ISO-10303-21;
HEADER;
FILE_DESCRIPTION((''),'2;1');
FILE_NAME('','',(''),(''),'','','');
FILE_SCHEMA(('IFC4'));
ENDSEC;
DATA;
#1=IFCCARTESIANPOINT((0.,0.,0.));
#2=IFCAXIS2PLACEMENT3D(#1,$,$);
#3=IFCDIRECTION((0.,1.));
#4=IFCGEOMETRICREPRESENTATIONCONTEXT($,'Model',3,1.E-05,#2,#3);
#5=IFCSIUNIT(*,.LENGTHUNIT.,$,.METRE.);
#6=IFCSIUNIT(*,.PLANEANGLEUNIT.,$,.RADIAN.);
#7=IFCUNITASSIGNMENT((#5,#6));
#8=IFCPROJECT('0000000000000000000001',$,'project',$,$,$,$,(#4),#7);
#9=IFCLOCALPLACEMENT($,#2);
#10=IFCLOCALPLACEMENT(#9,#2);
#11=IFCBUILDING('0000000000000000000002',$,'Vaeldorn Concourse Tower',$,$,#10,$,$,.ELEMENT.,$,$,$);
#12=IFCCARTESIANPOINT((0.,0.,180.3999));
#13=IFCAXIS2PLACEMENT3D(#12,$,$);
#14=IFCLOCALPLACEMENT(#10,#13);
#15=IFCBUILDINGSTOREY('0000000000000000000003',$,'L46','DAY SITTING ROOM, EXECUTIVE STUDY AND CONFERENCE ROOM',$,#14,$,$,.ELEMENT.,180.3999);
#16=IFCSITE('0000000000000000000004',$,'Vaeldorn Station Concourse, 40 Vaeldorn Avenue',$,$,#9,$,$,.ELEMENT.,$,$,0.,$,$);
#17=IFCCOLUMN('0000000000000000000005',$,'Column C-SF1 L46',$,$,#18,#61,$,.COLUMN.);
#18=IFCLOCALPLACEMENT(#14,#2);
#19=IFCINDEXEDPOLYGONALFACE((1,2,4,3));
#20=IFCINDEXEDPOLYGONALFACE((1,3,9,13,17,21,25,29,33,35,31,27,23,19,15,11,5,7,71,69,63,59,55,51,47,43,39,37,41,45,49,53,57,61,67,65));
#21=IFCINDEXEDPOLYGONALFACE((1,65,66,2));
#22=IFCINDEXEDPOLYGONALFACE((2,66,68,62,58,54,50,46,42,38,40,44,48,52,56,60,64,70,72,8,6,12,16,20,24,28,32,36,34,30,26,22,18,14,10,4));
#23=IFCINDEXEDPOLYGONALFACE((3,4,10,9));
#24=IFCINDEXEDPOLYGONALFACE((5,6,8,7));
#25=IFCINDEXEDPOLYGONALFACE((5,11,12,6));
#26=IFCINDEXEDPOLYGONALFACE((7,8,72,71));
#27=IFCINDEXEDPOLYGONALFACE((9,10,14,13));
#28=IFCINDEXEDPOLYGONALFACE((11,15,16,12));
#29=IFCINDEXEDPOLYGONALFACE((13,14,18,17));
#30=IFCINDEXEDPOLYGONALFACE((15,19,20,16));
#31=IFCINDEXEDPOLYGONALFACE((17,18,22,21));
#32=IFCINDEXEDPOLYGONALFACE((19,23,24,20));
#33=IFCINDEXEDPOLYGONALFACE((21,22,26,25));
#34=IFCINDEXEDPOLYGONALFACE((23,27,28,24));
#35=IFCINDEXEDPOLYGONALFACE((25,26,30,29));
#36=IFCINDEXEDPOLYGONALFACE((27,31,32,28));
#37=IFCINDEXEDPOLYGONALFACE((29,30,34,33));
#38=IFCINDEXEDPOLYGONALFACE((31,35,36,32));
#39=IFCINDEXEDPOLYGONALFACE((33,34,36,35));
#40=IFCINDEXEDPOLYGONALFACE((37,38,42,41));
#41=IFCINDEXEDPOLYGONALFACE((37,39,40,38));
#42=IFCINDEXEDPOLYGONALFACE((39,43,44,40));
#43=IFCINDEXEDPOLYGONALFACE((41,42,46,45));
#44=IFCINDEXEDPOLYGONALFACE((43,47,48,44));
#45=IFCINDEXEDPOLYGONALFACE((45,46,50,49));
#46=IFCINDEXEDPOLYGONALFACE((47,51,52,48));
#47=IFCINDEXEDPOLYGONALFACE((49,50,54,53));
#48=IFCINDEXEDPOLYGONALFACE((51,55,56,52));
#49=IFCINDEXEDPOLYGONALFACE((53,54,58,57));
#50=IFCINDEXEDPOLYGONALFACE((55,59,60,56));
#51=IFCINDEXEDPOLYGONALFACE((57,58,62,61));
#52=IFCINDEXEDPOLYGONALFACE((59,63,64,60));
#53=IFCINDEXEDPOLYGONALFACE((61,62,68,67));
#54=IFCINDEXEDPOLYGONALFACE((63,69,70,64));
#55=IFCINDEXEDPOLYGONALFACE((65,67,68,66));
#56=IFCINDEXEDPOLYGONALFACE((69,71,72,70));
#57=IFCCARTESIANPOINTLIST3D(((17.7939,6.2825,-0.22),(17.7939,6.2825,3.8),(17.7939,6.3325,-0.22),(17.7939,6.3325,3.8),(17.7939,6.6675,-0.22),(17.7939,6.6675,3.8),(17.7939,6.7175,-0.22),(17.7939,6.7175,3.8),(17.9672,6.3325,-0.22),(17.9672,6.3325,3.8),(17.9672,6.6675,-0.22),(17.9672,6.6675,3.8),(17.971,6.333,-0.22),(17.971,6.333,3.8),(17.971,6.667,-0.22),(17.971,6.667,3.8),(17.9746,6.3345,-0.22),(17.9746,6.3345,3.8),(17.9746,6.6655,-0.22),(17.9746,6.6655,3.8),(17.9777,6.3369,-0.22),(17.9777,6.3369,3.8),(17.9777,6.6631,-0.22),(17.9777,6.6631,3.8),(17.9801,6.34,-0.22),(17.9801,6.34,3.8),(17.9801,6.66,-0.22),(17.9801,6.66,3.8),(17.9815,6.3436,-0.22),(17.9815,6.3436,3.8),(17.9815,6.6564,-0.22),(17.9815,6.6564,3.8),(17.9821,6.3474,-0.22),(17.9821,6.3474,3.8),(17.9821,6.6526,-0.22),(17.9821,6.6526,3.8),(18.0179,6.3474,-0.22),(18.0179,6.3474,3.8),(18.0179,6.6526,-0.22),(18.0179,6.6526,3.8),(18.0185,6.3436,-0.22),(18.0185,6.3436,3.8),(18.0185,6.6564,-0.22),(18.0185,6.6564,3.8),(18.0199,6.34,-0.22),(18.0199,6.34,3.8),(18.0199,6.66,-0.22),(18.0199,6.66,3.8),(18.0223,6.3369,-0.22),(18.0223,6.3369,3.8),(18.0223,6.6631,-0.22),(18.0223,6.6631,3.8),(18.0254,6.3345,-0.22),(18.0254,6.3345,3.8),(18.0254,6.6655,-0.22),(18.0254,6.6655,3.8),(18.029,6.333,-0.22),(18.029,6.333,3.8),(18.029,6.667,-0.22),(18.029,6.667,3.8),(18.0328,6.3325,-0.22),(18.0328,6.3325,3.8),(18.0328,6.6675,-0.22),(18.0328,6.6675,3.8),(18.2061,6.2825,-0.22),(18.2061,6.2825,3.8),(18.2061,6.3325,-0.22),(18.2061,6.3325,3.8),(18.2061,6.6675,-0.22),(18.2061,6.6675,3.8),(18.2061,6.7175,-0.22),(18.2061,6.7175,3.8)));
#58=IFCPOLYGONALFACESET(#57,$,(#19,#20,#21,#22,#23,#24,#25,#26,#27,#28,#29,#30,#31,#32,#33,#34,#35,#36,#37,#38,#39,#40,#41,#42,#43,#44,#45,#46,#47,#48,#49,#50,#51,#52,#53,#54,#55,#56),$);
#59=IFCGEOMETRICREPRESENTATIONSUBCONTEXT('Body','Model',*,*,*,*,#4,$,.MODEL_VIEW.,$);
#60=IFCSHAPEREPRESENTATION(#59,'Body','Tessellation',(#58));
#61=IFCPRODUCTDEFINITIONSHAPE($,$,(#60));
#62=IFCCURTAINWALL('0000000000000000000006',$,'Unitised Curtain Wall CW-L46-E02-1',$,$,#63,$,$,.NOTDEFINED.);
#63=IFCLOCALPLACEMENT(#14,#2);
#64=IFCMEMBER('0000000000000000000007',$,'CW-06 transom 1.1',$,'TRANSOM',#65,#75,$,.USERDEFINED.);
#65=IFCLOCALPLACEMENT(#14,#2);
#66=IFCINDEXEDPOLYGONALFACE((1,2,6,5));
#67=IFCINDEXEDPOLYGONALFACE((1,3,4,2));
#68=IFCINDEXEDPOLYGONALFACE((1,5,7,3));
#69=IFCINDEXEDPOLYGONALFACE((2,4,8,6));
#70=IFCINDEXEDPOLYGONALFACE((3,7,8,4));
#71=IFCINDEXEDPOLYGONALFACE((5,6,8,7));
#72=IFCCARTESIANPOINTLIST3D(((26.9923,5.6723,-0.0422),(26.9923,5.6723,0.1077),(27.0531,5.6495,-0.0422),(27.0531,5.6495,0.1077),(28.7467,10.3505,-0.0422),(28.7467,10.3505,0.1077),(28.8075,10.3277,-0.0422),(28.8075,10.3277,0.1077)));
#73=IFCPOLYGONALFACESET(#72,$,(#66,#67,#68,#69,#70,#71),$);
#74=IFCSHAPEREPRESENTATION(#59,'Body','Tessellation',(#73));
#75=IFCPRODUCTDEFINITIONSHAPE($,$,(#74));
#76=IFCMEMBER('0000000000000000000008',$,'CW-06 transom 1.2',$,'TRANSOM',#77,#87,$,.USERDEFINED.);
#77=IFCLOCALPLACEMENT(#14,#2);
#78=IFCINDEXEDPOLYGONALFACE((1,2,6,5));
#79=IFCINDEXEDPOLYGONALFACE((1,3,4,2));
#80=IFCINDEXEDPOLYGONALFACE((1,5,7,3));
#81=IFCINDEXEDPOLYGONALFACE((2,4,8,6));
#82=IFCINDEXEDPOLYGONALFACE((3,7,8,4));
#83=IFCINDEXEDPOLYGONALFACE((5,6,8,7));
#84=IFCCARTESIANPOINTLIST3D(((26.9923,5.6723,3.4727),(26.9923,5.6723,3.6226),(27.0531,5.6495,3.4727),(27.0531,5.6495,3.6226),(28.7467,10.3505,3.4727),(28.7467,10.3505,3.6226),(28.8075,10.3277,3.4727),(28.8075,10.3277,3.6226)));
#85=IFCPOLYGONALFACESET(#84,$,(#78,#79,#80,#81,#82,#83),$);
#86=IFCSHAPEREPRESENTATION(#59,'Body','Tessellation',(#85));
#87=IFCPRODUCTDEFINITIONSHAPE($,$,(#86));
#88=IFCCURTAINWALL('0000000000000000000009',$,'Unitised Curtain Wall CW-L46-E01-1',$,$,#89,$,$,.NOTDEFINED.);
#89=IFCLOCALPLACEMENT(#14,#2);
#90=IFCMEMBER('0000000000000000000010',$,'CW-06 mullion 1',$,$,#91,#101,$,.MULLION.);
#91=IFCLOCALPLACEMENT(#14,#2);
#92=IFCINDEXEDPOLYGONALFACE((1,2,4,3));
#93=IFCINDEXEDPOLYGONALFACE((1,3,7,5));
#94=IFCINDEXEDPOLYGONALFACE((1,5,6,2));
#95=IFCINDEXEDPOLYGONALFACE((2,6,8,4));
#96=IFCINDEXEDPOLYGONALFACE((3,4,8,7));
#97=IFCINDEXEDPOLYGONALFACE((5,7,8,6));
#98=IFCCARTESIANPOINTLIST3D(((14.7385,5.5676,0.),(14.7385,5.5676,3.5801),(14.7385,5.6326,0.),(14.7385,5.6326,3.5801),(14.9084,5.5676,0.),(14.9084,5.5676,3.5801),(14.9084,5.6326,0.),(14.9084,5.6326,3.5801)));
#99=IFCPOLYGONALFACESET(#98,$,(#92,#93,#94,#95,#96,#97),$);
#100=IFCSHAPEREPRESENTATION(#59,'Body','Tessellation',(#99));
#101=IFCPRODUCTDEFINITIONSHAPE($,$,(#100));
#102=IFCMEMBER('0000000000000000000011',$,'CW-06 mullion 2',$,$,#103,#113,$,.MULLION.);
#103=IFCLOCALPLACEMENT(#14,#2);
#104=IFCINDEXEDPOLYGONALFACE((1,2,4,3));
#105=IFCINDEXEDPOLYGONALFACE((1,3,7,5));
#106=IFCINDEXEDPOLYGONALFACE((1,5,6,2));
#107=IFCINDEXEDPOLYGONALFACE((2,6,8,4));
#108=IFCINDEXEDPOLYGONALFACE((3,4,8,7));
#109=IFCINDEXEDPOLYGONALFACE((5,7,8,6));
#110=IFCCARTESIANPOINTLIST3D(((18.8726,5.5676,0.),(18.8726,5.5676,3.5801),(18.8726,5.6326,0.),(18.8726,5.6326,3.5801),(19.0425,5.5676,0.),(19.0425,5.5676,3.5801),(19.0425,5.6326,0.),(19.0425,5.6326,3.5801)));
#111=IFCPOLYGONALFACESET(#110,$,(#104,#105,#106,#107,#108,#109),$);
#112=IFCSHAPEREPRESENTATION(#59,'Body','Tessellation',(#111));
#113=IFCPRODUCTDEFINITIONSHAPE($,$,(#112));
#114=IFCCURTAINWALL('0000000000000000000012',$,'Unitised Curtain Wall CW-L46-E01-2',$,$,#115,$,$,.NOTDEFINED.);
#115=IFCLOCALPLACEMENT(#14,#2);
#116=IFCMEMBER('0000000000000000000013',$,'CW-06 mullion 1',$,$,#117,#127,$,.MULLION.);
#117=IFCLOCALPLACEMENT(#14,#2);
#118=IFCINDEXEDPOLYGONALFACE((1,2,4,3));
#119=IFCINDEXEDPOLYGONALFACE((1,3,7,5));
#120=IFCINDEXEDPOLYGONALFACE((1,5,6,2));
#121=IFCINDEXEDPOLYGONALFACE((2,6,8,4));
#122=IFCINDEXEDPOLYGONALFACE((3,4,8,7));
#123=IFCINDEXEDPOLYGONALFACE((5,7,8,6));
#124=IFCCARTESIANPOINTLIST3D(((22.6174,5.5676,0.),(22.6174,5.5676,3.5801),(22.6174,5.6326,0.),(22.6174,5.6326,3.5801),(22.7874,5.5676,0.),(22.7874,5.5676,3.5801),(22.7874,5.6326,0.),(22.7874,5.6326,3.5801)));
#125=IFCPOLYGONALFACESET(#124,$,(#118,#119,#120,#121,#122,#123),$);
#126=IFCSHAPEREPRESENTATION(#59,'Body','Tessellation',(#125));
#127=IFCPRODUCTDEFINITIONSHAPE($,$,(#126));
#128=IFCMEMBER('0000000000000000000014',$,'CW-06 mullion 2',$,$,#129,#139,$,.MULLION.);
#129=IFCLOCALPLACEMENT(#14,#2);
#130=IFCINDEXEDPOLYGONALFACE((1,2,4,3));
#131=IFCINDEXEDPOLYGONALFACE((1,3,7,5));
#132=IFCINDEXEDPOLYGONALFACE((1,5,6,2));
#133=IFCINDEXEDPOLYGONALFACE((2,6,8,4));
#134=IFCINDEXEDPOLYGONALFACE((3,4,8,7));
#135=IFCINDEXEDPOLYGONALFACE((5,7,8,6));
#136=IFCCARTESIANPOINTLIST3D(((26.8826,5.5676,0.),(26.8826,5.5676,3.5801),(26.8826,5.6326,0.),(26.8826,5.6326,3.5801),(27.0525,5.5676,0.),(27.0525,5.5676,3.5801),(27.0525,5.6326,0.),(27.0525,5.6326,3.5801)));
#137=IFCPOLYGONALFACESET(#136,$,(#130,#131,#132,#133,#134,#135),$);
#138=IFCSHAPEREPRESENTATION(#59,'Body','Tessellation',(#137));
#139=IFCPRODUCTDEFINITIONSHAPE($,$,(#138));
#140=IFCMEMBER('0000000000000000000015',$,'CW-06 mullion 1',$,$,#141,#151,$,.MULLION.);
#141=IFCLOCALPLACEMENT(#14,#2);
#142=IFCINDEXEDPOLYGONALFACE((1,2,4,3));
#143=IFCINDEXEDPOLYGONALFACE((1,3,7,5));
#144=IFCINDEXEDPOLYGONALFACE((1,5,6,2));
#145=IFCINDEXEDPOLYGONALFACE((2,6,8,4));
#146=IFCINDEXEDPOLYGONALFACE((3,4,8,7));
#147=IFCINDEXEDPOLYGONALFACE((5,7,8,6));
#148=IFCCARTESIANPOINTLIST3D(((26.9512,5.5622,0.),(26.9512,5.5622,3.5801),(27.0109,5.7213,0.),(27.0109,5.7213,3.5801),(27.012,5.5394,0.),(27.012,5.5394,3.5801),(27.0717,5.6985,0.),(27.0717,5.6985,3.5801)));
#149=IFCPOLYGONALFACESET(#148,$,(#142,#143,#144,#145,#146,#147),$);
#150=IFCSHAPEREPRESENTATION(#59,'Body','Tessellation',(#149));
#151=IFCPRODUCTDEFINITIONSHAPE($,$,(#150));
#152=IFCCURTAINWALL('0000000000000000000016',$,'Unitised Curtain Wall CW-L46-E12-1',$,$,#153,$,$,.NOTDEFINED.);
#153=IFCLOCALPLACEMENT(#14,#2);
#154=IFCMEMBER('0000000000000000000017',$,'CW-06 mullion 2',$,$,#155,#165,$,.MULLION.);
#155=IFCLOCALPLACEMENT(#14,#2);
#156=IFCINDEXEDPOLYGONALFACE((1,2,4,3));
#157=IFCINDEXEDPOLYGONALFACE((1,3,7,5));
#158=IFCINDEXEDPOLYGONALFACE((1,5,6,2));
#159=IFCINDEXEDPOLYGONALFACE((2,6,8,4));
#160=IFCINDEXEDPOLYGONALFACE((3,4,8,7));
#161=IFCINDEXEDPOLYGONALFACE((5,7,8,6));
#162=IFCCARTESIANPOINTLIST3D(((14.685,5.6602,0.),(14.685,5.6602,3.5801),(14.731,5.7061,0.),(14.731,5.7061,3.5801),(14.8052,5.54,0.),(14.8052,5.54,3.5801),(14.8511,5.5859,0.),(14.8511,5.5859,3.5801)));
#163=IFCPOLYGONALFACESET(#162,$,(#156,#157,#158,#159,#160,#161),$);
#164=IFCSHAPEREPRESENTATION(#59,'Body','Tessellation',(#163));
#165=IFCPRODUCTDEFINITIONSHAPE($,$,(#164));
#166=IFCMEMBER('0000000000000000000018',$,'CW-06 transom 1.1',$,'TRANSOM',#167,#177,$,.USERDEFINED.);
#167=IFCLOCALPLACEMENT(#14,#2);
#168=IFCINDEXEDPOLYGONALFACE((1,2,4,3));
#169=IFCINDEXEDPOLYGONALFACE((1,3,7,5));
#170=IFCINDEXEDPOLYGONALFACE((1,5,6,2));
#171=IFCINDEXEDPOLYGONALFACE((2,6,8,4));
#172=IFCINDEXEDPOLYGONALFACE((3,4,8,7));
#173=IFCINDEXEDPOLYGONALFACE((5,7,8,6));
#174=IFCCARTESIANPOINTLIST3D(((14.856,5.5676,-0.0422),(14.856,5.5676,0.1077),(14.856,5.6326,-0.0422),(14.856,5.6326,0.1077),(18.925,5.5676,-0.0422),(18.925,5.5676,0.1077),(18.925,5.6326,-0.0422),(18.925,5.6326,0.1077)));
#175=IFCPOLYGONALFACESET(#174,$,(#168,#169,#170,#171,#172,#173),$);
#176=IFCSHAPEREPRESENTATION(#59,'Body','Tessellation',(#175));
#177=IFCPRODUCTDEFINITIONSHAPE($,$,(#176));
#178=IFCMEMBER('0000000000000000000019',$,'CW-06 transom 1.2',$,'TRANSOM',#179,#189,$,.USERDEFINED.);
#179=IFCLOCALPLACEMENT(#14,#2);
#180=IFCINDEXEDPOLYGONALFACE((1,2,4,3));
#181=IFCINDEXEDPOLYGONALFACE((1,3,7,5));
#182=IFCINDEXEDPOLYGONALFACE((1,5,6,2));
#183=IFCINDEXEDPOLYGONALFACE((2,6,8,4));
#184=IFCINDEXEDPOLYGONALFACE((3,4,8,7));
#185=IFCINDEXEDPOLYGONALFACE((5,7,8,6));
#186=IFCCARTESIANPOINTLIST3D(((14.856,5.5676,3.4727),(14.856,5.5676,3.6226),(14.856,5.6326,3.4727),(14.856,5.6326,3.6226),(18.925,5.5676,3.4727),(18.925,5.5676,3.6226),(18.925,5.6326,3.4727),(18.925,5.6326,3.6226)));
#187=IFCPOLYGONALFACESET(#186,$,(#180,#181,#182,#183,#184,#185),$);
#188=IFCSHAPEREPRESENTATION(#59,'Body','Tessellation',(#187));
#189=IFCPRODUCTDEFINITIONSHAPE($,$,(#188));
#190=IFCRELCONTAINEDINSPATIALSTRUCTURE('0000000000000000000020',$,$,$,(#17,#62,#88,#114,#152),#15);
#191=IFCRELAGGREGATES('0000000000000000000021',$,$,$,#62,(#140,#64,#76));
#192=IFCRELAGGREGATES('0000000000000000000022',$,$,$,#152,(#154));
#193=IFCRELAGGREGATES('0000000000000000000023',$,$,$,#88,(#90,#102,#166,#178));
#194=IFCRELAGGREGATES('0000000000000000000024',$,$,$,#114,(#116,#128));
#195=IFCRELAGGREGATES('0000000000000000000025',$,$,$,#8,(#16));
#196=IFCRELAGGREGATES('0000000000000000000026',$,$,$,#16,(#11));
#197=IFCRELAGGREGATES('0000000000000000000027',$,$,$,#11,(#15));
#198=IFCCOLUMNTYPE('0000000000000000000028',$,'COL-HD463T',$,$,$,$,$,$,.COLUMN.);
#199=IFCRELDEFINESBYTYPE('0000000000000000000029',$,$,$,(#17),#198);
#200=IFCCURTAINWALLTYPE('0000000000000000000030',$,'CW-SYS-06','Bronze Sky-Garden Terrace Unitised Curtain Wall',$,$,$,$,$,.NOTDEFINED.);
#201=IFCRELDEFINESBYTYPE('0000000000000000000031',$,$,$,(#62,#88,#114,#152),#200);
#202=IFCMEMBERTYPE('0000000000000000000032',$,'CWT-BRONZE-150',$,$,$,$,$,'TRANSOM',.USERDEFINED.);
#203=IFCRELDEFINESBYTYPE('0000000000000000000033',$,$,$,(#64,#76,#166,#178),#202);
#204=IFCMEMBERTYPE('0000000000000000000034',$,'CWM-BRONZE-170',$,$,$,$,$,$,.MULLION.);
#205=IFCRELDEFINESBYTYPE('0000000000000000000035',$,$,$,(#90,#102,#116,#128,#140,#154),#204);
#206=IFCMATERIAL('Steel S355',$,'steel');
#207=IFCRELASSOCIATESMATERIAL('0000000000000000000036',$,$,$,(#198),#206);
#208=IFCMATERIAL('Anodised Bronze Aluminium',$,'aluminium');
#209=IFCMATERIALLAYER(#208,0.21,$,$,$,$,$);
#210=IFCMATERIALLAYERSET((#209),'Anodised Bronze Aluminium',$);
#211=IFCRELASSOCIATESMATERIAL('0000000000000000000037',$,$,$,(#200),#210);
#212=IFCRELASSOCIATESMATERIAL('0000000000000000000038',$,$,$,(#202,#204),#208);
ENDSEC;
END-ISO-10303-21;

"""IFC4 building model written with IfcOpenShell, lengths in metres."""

from ifc_helpers import new_model, si_unit, direction, frame, origin, origin_2d, place, context, subcontext, project, spatial, rectangle, i_section, extrude, source, transform, mapped, material, layer, layer_set, material_profile, profile_set, type_object, element, aggregate, save


model = new_model("IFC4")

# Units and contexts
model_context = context("Model", 3, precision=1e-05, world=origin(), true_north=direction((0.0, 1.0)))
body_context = subcontext(model_context, "Body", "Model", "MODEL_VIEW")
ifc_project = project(units=[si_unit("LENGTHUNIT", "METRE"), si_unit("PLANEANGLEUNIT", "RADIAN")], contexts=[model_context])

# Site, building, storey
site_placement = place(None, origin())
site = spatial("IfcSite", under=ifc_project, at=site_placement, Name="Vaeldorn Station Concourse, 40 Vaeldorn Avenue", CompositionType="ELEMENT", RefElevation=0.0)
building_placement = place(site_placement, origin())
building = spatial("IfcBuilding", under=site, at=building_placement, Name="Vaeldorn Concourse Tower", CompositionType="ELEMENT")
storey_placement = place(building_placement, frame((0.0, 0.0, 180.3999)))
storey = spatial("IfcBuildingStorey", under=building, at=storey_placement, Name="L46", Description="DAY SITTING ROOM, EXECUTIVE STUDY AND CONFERENCE ROOM", CompositionType="ELEMENT", Elevation=180.3999)

# Column
ifc_material_1 = material(Name="Steel S355", Category="steel")
ifc_material_profile_1 = material_profile(ifc_material_1, i_section(OverallWidth=0.4121, OverallDepth=0.4351, WebThickness=0.0359, FlangeThickness=0.05, FilletRadius=0.0149, at=origin_2d()), Name="HD 400x463")
ifc_profile_set_1 = profile_set([ifc_material_profile_1], Name="Steel S355")
column_type = type_object("IfcColumnType", Name="COL-HD463T", PredefinedType="COLUMN", material=ifc_profile_set_1)
shared_shape_1 = source(origin(), body_context, "Body", "SweptSolid", [
    extrude(i_section(OverallWidth=0.4121, OverallDepth=0.4351, WebThickness=0.0359, FlangeThickness=0.05, FilletRadius=0.0149, at=origin_2d()), origin(), (0.0, 0.0, 1.0), 4.02),
])
column_placement = place(storey_placement, frame((18.0, 6.5, -0.22), z_axis=(0.0, 0.0, 1.0), x_axis=(1.0, 0.0, 0.0)))
element("IfcColumn", 1, at=column_placement, inside=storey, type_object=column_type, Name="Column C-SF1 L46", PredefinedType="COLUMN", context=body_context, shape_type="MappedRepresentation", body=[
    mapped(shared_shape_1, transform((0.0, 0.0, 0.0), scale=1.0)),
])

# Curtain walls, members
ifc_material_2 = material(Name="Anodised Bronze Aluminium", Category="aluminium")
ifc_layer_1 = layer(ifc_material_2, 0.21)
ifc_layer_set_1 = layer_set([ifc_layer_1], Name="Anodised Bronze Aluminium")
curtain_wall_type = type_object("IfcCurtainWallType", Name="CW-SYS-06", Description="Bronze Sky-Garden Terrace Unitised Curtain Wall", PredefinedType="NOTDEFINED", material=ifc_layer_set_1)
curtain_wall_1_placement = place(storey_placement, origin())
curtain_wall_1 = element("IfcCurtainWall", 2, at=curtain_wall_1_placement, inside=storey, type_object=curtain_wall_type, Name="Unitised Curtain Wall CW-L46-E02-1", PredefinedType="NOTDEFINED")
ifc_material_profile_2 = material_profile(ifc_material_2, rectangle(XDim=0.0649, YDim=0.1499, at=origin_2d()), Name="CWT 65x150")
ifc_profile_set_2 = profile_set([ifc_material_profile_2], Name="Anodised Bronze Aluminium")
member_type_1 = type_object("IfcMemberType", Name="CWT-BRONZE-150", ElementType="TRANSOM", PredefinedType="USERDEFINED", material=ifc_profile_set_2)
shared_shape_2 = source(origin(), body_context, "Body", "SweptSolid", [
    extrude(rectangle(XDim=0.0649, YDim=0.1499, at=origin_2d()), origin(), (0.0, 0.0, 1.0), 4.9963),
])
member_1_placement = place(storey_placement, frame((27.0227, 5.6609, 0.0327), z_axis=(0.351134, 0.936325, 0.0), x_axis=(-0.936325, 0.351134, 0.0)))
member_1 = element("IfcMember", 3, at=member_1_placement, type_object=member_type_1, Name="CW-06 transom 1.1", ObjectType="TRANSOM", PredefinedType="USERDEFINED", context=body_context, shape_type="MappedRepresentation", body=[
    mapped(shared_shape_2, transform((0.0, 0.0, 0.0), scale=1.0)),
])
member_2_placement = place(storey_placement, frame((27.0227, 5.6609, 3.5476), z_axis=(0.351134, 0.936325, 0.0), x_axis=(-0.936325, 0.351134, 0.0)))
member_2 = element("IfcMember", 4, at=member_2_placement, type_object=member_type_1, Name="CW-06 transom 1.2", ObjectType="TRANSOM", PredefinedType="USERDEFINED", context=body_context, shape_type="MappedRepresentation", body=[
    mapped(shared_shape_2, transform((0.0, 0.0, 0.0), scale=1.0)),
])
curtain_wall_2_placement = place(storey_placement, origin())
curtain_wall_2 = element("IfcCurtainWall", 5, at=curtain_wall_2_placement, inside=storey, type_object=curtain_wall_type, Name="Unitised Curtain Wall CW-L46-E01-1", PredefinedType="NOTDEFINED")
ifc_material_profile_3 = material_profile(ifc_material_2, rectangle(XDim=0.0649, YDim=0.1699, at=origin_2d()), Name="CWM 65x170")
ifc_profile_set_3 = profile_set([ifc_material_profile_3], Name="Anodised Bronze Aluminium")
member_type_2 = type_object("IfcMemberType", Name="CWM-BRONZE-170", PredefinedType="MULLION", material=ifc_profile_set_3)
shared_shape_3 = source(origin(), body_context, "Body", "SweptSolid", [
    extrude(rectangle(XDim=0.0649, YDim=0.1699, at=origin_2d()), origin(), (0.0, 0.0, 1.0), 3.5801),
])
member_3_placement = place(storey_placement, frame((14.8235, 5.6001, 0.0), z_axis=(0.0, 0.0, 1.0), x_axis=(0.0, 1.0, 0.0)))
member_3 = element("IfcMember", 6, at=member_3_placement, type_object=member_type_2, Name="CW-06 mullion 1", PredefinedType="MULLION", context=body_context, shape_type="MappedRepresentation", body=[
    mapped(shared_shape_3, transform((0.0, 0.0, 0.0), scale=1.0)),
])
member_4_placement = place(storey_placement, frame((18.9575, 5.6001, 0.0), z_axis=(0.0, 0.0, 1.0), x_axis=(0.0, 1.0, 0.0)))
member_4 = element("IfcMember", 7, at=member_4_placement, type_object=member_type_2, Name="CW-06 mullion 2", PredefinedType="MULLION", context=body_context, shape_type="MappedRepresentation", body=[
    mapped(shared_shape_3, transform((0.0, 0.0, 0.0), scale=1.0)),
])
curtain_wall_3_placement = place(storey_placement, origin())
curtain_wall_3 = element("IfcCurtainWall", 8, at=curtain_wall_3_placement, inside=storey, type_object=curtain_wall_type, Name="Unitised Curtain Wall CW-L46-E01-2", PredefinedType="NOTDEFINED")
member_5_placement = place(storey_placement, frame((22.7024, 5.6001, 0.0), z_axis=(0.0, 0.0, 1.0), x_axis=(0.0, 1.0, 0.0)))
member_5 = element("IfcMember", 9, at=member_5_placement, type_object=member_type_2, Name="CW-06 mullion 1", PredefinedType="MULLION", context=body_context, shape_type="MappedRepresentation", body=[
    mapped(shared_shape_3, transform((0.0, 0.0, 0.0), scale=1.0)),
])
member_6_placement = place(storey_placement, frame((26.9675, 5.6001, 0.0), z_axis=(0.0, 0.0, 1.0), x_axis=(0.0, 1.0, 0.0)))
member_6 = element("IfcMember", 10, at=member_6_placement, type_object=member_type_2, Name="CW-06 mullion 2", PredefinedType="MULLION", context=body_context, shape_type="MappedRepresentation", body=[
    mapped(shared_shape_3, transform((0.0, 0.0, 0.0), scale=1.0)),
])

# Member
member_7_placement = place(storey_placement, frame((27.0115, 5.6304, 0.0), z_axis=(0.0, 0.0, 1.0), x_axis=(-0.936329, 0.351123, 0.0)))
member_7 = element("IfcMember", 11, at=member_7_placement, type_object=member_type_2, Name="CW-06 mullion 1", PredefinedType="MULLION", context=body_context, shape_type="MappedRepresentation", body=[
    mapped(shared_shape_3, transform((0.0, 0.0, 0.0), scale=1.0)),
])
aggregate(curtain_wall_1, [member_7, member_1, member_2])

# Curtain wall, member
curtain_wall_4_placement = place(storey_placement, origin())
curtain_wall_4 = element("IfcCurtainWall", 12, at=curtain_wall_4_placement, inside=storey, type_object=curtain_wall_type, Name="Unitised Curtain Wall CW-L46-E12-1", PredefinedType="NOTDEFINED")
member_8_placement = place(storey_placement, frame((14.7681, 5.623, 0.0), z_axis=(0.0, 0.0, 1.0), x_axis=(0.707107, 0.707107, 0.0)))
member_8 = element("IfcMember", 13, at=member_8_placement, type_object=member_type_2, Name="CW-06 mullion 2", PredefinedType="MULLION", context=body_context, shape_type="MappedRepresentation", body=[
    mapped(shared_shape_3, transform((0.0, 0.0, 0.0), scale=1.0)),
])
aggregate(curtain_wall_4, [member_8])

# Members
shared_shape_4 = source(origin(), body_context, "Body", "SweptSolid", [
    extrude(rectangle(XDim=0.0649, YDim=0.1499, at=origin_2d()), origin(), (0.0, 0.0, 1.0), 4.0691),
])
member_9_placement = place(storey_placement, frame((14.856, 5.6001, 0.0327), z_axis=(1.0, 0.0, 0.0), x_axis=(0.0, 1.0, 0.0)))
member_9 = element("IfcMember", 14, at=member_9_placement, type_object=member_type_1, Name="CW-06 transom 1.1", ObjectType="TRANSOM", PredefinedType="USERDEFINED", context=body_context, shape_type="MappedRepresentation", body=[
    mapped(shared_shape_4, transform((0.0, 0.0, 0.0), scale=1.0)),
])
member_10_placement = place(storey_placement, frame((14.856, 5.6001, 3.5476), z_axis=(1.0, 0.0, 0.0), x_axis=(0.0, 1.0, 0.0)))
member_10 = element("IfcMember", 15, at=member_10_placement, type_object=member_type_1, Name="CW-06 transom 1.2", ObjectType="TRANSOM", PredefinedType="USERDEFINED", context=body_context, shape_type="MappedRepresentation", body=[
    mapped(shared_shape_4, transform((0.0, 0.0, 0.0), scale=1.0)),
])

aggregate(curtain_wall_2, [member_3, member_4, member_9, member_10])
aggregate(curtain_wall_3, [member_5, member_6])

save(model, "model.ifc")
